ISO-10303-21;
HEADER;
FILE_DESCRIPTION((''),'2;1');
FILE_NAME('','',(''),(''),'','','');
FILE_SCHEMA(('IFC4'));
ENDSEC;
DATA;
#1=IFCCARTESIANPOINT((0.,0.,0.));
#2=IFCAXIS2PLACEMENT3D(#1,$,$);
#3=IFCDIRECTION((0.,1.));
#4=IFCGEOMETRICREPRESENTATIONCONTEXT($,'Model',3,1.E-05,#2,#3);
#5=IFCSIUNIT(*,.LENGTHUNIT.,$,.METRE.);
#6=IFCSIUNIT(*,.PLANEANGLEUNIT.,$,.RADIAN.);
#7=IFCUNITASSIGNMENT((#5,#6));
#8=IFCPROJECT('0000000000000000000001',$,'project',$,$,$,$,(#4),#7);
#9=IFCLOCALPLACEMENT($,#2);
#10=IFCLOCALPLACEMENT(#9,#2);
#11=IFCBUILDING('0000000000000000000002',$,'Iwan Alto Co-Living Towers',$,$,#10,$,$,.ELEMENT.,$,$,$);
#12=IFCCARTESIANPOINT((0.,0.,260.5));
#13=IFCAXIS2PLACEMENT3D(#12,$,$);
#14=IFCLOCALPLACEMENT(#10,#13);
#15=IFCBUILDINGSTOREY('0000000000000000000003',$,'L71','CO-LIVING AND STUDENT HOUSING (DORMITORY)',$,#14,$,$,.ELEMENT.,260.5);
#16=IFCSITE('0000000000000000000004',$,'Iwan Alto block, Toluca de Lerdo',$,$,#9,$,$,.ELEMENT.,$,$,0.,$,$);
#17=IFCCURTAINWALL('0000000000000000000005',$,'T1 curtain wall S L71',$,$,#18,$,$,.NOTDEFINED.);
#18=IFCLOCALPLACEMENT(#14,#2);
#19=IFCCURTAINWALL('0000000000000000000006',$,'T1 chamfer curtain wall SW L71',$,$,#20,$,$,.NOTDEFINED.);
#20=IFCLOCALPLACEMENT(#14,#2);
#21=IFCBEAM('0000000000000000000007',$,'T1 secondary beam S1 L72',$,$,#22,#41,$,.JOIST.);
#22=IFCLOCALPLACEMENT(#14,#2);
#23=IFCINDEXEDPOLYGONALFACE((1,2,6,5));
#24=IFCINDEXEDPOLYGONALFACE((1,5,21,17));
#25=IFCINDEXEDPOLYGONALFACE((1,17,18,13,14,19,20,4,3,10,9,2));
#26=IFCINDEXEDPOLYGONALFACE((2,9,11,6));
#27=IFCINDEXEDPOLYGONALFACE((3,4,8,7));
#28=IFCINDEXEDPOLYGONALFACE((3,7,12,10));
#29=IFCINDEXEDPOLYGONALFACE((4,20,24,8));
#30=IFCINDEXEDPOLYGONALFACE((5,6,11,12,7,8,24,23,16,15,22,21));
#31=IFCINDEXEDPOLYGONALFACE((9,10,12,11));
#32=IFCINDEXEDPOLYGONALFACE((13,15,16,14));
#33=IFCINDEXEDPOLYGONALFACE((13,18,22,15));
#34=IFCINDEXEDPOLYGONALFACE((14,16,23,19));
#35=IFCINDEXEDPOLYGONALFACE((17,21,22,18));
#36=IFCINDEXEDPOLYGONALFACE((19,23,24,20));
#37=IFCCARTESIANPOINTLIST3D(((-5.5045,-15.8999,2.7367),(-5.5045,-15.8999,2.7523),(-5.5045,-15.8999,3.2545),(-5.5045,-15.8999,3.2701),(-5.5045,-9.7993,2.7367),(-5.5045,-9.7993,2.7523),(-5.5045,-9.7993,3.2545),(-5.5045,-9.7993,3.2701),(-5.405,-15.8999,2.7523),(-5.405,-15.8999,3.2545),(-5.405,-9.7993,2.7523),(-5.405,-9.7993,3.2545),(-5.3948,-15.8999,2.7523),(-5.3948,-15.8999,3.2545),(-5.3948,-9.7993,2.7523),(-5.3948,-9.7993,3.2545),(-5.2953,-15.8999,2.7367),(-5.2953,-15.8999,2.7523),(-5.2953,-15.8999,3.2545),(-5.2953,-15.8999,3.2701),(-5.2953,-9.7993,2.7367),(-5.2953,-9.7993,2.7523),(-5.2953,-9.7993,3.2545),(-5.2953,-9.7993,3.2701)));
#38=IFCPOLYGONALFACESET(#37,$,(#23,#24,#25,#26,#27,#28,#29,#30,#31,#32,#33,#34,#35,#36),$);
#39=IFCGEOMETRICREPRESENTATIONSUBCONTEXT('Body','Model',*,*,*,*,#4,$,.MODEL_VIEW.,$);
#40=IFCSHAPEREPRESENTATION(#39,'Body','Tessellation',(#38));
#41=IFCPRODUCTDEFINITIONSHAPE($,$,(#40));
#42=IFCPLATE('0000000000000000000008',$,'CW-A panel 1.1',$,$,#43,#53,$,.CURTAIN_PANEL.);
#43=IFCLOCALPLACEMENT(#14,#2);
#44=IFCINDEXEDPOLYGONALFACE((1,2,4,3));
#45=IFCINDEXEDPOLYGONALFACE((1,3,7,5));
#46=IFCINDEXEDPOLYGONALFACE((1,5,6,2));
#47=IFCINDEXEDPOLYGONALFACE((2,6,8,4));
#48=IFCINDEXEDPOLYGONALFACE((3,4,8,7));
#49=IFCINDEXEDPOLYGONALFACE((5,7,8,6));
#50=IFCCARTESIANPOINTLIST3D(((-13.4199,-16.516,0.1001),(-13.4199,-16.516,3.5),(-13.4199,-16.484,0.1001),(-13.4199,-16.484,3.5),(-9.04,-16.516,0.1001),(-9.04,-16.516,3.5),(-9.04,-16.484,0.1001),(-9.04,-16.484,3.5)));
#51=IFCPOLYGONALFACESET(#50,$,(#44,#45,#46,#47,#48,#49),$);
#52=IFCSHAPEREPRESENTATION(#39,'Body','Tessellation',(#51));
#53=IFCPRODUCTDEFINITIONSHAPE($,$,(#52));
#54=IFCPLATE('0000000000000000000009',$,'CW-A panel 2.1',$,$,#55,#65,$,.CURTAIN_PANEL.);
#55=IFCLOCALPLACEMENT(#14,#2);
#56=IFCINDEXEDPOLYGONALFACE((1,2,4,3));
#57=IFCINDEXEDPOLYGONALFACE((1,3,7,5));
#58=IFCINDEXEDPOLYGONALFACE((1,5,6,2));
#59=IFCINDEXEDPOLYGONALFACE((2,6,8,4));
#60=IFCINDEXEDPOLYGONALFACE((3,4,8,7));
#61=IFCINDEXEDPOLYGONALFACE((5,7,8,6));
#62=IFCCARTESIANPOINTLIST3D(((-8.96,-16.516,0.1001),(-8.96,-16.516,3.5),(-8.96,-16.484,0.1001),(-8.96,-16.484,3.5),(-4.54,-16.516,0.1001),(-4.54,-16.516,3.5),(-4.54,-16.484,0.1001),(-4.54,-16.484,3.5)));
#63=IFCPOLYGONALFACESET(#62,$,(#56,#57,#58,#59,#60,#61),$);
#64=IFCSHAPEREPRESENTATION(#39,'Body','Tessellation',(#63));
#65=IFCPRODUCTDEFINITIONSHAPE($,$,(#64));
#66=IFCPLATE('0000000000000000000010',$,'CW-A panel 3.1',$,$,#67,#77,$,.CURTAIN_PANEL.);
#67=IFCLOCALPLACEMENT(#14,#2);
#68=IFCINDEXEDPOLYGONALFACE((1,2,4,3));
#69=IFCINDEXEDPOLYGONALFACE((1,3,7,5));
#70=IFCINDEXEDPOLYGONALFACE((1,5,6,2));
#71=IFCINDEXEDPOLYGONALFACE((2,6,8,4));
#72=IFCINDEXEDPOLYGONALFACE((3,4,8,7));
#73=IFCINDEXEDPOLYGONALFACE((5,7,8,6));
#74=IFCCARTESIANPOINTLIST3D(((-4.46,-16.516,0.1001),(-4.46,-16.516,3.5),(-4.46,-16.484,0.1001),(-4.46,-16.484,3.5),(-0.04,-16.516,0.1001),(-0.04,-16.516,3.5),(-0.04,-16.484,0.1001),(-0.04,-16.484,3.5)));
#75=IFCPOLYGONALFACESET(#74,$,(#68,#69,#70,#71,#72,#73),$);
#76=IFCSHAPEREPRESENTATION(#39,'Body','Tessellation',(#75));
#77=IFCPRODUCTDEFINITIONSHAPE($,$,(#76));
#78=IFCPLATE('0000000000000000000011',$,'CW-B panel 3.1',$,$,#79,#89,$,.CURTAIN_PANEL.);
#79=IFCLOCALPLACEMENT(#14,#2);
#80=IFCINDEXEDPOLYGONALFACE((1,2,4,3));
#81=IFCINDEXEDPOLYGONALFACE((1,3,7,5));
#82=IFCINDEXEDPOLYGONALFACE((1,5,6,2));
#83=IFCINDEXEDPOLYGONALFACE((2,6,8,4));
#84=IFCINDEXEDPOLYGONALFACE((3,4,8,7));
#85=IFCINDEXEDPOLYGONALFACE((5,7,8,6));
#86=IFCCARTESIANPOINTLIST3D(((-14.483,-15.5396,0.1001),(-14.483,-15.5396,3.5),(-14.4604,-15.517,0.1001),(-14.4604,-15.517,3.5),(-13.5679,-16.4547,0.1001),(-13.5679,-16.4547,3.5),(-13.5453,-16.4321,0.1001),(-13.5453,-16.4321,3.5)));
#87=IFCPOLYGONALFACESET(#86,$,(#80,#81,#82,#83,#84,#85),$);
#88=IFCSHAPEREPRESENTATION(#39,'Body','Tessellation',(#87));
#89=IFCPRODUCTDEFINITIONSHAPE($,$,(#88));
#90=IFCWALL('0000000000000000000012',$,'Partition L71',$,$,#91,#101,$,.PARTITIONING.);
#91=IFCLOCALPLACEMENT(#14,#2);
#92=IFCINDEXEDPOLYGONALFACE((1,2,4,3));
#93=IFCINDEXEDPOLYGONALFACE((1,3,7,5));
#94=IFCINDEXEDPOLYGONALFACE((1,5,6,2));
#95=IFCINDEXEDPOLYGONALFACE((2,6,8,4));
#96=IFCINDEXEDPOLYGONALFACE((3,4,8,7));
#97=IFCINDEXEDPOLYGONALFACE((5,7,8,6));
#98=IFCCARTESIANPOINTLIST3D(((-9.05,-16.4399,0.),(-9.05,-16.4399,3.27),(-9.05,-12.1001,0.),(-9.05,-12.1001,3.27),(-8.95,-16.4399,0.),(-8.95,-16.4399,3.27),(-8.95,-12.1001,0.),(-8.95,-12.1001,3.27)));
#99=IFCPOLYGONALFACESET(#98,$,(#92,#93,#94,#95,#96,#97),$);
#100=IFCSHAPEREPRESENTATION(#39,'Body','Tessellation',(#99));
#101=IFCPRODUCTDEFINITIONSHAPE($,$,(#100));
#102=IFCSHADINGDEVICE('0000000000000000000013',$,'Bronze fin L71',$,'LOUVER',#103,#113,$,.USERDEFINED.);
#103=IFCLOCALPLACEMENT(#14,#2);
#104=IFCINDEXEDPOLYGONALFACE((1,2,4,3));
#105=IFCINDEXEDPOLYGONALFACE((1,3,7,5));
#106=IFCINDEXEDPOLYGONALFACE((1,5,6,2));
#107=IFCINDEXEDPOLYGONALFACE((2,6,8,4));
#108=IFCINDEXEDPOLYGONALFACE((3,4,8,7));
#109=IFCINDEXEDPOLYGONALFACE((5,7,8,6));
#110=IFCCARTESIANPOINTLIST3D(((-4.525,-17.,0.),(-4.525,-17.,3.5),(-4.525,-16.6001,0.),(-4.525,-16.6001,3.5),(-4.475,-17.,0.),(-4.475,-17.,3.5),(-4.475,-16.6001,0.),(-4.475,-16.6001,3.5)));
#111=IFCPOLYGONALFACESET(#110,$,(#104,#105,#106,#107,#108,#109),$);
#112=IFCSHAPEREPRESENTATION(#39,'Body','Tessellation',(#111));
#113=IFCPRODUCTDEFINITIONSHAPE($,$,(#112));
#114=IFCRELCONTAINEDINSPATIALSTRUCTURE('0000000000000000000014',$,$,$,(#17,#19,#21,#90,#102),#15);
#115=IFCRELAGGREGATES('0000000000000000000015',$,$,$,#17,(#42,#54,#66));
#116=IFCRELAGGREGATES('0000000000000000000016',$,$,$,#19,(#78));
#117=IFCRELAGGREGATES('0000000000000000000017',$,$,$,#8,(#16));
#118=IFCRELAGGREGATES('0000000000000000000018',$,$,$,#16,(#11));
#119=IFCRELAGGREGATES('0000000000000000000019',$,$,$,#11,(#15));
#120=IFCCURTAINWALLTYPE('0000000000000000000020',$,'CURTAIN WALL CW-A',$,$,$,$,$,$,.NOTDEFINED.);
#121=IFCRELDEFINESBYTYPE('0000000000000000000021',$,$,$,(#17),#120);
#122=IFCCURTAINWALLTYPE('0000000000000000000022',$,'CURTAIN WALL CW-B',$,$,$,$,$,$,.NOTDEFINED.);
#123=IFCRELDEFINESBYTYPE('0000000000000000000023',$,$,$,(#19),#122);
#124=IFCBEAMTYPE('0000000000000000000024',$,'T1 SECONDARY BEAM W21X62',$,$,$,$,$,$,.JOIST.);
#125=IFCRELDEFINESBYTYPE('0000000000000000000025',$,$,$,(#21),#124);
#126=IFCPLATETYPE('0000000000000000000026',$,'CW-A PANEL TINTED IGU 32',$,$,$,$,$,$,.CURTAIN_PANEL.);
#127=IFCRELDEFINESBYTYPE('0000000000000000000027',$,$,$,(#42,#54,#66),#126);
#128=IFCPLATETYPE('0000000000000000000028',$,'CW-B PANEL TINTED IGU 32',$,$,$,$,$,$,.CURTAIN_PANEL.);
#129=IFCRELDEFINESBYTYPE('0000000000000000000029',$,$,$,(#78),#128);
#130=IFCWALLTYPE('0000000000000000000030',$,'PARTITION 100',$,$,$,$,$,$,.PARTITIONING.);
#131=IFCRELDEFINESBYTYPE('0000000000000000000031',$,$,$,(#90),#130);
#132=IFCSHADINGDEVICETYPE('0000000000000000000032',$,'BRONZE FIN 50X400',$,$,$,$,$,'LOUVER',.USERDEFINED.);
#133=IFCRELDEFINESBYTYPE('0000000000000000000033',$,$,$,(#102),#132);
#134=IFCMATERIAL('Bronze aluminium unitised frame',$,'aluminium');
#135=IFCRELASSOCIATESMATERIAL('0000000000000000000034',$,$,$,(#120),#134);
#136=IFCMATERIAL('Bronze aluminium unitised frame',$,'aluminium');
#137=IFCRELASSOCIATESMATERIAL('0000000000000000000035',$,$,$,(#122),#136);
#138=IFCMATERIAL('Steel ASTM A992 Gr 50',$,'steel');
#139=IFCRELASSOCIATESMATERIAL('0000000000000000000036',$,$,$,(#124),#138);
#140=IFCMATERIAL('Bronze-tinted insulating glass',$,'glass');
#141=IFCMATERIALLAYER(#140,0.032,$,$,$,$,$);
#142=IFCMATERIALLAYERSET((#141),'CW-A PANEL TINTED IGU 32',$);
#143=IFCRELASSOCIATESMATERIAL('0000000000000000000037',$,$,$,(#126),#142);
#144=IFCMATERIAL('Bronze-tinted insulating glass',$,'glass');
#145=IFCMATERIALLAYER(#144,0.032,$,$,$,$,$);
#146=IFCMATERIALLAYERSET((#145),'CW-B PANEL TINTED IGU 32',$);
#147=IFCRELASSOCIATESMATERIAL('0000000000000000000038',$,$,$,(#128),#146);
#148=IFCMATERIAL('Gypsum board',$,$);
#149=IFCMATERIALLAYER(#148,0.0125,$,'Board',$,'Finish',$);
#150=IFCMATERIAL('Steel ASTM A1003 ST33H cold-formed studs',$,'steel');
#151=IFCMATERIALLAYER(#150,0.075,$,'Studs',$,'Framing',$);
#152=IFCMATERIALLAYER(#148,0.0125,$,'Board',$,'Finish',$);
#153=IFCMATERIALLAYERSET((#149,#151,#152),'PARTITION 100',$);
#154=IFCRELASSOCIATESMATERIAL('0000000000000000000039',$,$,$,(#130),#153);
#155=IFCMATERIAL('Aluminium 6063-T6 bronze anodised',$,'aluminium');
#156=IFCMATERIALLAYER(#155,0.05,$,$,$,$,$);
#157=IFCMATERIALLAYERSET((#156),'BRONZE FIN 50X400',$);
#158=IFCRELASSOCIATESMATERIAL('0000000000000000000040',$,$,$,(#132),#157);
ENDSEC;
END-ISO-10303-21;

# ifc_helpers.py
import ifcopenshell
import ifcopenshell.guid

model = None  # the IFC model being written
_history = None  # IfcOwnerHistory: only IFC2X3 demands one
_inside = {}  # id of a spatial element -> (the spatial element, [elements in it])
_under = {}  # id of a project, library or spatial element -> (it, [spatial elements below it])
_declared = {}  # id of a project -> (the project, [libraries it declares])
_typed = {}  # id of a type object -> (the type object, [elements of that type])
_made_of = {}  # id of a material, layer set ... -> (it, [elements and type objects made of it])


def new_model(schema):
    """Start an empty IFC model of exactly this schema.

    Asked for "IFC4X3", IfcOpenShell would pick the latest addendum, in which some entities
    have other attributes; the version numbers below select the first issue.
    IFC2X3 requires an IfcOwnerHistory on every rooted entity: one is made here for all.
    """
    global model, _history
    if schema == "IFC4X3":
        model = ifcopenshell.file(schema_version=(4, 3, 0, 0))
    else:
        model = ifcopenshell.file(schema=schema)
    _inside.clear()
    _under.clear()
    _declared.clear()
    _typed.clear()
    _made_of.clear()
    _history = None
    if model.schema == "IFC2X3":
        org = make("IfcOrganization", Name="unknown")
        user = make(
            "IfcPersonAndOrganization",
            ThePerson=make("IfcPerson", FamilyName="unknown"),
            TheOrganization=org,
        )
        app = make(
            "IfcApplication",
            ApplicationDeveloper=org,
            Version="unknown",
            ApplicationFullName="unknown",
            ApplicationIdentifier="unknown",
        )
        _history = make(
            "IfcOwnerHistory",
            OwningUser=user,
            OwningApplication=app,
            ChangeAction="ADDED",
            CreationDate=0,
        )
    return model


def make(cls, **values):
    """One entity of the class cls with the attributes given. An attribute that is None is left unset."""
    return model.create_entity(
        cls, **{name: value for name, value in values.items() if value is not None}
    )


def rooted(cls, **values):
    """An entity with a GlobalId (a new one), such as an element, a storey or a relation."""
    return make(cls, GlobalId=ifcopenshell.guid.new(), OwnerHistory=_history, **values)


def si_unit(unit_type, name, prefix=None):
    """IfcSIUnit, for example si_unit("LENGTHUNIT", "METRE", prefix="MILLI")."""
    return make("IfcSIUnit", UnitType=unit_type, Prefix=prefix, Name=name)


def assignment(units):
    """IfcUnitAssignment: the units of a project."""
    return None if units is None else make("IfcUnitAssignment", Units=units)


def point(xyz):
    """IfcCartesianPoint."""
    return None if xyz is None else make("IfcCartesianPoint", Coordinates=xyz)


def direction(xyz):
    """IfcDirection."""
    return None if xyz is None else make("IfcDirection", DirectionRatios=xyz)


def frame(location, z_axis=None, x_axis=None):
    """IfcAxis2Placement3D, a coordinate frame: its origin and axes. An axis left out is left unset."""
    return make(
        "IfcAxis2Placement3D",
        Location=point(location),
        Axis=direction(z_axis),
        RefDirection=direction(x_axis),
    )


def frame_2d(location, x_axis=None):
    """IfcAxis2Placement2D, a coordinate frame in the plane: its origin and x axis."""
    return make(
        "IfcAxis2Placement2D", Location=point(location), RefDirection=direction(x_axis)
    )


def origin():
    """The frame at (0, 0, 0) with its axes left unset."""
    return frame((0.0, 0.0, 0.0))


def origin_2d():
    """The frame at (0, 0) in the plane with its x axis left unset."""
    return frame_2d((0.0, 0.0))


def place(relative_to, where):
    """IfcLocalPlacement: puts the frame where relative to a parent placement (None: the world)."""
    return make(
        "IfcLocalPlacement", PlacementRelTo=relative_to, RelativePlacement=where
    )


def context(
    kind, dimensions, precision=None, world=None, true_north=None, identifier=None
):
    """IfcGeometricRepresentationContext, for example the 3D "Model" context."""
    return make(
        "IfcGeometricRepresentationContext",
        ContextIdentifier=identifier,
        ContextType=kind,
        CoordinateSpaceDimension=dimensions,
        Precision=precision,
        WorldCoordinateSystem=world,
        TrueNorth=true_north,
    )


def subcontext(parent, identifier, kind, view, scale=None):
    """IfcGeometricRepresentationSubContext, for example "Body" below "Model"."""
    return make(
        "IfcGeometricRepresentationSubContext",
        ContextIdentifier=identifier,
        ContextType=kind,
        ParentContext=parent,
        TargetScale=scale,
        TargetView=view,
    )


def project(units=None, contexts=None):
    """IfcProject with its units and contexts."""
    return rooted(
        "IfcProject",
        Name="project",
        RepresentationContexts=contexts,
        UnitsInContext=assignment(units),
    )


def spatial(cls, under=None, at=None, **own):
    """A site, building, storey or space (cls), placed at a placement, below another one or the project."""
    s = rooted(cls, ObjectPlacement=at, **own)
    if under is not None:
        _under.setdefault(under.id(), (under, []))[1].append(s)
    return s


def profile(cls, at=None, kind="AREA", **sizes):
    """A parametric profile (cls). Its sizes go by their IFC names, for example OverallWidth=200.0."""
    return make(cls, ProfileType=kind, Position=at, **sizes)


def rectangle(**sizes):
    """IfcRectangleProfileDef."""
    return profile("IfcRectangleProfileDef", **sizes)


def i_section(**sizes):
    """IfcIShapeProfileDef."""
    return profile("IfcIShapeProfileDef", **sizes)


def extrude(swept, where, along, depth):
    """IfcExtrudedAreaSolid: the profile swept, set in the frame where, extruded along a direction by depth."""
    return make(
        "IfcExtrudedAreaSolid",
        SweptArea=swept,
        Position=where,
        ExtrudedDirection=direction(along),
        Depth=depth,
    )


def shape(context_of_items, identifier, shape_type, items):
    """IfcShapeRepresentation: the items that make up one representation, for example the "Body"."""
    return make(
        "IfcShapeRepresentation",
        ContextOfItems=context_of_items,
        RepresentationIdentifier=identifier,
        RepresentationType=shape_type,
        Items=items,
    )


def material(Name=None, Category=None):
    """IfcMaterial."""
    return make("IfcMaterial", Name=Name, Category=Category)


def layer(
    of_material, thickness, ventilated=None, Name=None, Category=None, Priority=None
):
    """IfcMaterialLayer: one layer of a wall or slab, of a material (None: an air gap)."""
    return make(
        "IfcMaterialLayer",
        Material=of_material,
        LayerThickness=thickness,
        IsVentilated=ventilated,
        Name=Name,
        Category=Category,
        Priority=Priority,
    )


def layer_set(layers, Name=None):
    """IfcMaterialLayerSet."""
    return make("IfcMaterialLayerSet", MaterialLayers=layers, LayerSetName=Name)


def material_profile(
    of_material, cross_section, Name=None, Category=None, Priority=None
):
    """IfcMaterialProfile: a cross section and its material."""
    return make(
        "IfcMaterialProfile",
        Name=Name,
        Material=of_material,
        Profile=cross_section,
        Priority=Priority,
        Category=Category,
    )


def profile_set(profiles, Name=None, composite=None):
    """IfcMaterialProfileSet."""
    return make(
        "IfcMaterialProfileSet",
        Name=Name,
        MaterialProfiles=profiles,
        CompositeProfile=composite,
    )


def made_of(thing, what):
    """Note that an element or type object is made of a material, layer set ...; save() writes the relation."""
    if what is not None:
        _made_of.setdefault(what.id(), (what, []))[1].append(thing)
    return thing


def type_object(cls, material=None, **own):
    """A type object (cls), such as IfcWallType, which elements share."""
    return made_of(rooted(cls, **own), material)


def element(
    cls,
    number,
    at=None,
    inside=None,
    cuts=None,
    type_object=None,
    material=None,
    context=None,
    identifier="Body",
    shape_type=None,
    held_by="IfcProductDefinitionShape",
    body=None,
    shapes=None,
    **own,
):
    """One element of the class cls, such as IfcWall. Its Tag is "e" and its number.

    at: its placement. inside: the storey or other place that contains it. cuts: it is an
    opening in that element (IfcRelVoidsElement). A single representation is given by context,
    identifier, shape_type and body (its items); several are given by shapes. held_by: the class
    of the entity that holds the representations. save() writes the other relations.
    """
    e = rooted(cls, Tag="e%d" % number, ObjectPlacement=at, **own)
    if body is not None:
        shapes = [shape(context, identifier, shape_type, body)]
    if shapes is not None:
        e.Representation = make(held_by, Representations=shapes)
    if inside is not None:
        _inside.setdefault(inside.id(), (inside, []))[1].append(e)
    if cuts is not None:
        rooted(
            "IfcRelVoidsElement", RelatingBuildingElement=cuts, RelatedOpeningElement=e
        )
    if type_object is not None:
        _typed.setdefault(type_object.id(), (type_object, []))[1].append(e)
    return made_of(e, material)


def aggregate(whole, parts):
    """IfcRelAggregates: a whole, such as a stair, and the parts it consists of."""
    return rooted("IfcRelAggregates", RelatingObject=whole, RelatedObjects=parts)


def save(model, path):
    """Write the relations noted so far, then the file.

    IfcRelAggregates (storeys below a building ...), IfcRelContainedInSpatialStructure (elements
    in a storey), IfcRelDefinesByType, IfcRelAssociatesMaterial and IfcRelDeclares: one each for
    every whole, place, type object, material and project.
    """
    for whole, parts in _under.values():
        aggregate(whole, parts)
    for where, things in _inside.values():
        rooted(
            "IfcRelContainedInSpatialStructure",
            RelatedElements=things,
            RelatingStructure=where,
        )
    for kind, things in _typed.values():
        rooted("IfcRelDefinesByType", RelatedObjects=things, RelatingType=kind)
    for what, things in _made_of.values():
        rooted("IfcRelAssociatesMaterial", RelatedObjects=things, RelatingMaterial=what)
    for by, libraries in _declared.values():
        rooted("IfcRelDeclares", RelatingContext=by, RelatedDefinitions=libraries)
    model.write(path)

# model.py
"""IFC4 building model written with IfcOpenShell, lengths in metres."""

from ifc_helpers import new_model, si_unit, direction, frame, frame_2d, origin, origin_2d, place, context, subcontext, project, spatial, rectangle, i_section, extrude, material, layer, layer_set, material_profile, profile_set, type_object, element, aggregate, save


model = new_model("IFC4")

# Units and contexts
model_context = context("Model", 3, precision=1e-05, world=origin(), true_north=direction((0.0, 1.0)))
body_context = subcontext(model_context, "Body", "Model", "MODEL_VIEW")
ifc_project = project(units=[si_unit("LENGTHUNIT", "METRE"), si_unit("PLANEANGLEUNIT", "RADIAN")], contexts=[model_context])

# Site, building, storey
site_placement = place(None, origin())
site = spatial("IfcSite", under=ifc_project, at=site_placement, Name="Iwan Alto block, Toluca de Lerdo", CompositionType="ELEMENT", RefElevation=0.0)
building_placement = place(site_placement, origin())
building = spatial("IfcBuilding", under=site, at=building_placement, Name="Iwan Alto Co-Living Towers", CompositionType="ELEMENT")
storey_placement = place(building_placement, frame((0.0, 0.0, 260.5)))
storey = spatial("IfcBuildingStorey", under=building, at=storey_placement, Name="L71", Description="CO-LIVING AND STUDENT HOUSING (DORMITORY)", CompositionType="ELEMENT", Elevation=260.5)

# Curtain wall
ifc_material_1 = material(Name="Bronze aluminium unitised frame", Category="aluminium")
curtain_wall_type_1 = type_object("IfcCurtainWallType", Name="CURTAIN WALL CW-A", PredefinedType="NOTDEFINED", material=ifc_material_1)
curtain_wall_1_placement = place(storey_placement, origin())
curtain_wall_1 = element("IfcCurtainWall", 1, at=curtain_wall_1_placement, inside=storey, type_object=curtain_wall_type_1, Name="T1 curtain wall S L71", PredefinedType="NOTDEFINED")

# Curtain wall
ifc_material_2 = material(Name="Bronze aluminium unitised frame", Category="aluminium")
curtain_wall_type_2 = type_object("IfcCurtainWallType", Name="CURTAIN WALL CW-B", PredefinedType="NOTDEFINED", material=ifc_material_2)
curtain_wall_2_placement = place(storey_placement, origin())
curtain_wall_2 = element("IfcCurtainWall", 2, at=curtain_wall_2_placement, inside=storey, type_object=curtain_wall_type_2, Name="T1 chamfer curtain wall SW L71", PredefinedType="NOTDEFINED")

# Beam
ifc_material_3 = material(Name="Steel ASTM A992 Gr 50", Category="steel")
ifc_material_profile_1 = material_profile(ifc_material_3, i_section(OverallWidth=0.2092, OverallDepth=0.5334, WebThickness=0.0103, FlangeThickness=0.0156, at=origin_2d()), Name="W21X62")
ifc_profile_set_1 = profile_set([ifc_material_profile_1], Name="Steel ASTM A992 Gr 50")
beam_type_1 = type_object("IfcBeamType", Name="T1 SECONDARY BEAM W21X62", PredefinedType="JOIST", material=ifc_profile_set_1)
beam_1_placement = place(storey_placement, frame((-5.3999, -15.8999, 3.0034), z_axis=(0.0, 1.0, 0.0), x_axis=(-1.0, 0.0, 0.0)))
element("IfcBeam", 3, at=beam_1_placement, inside=storey, type_object=beam_type_1, Name="T1 secondary beam S1 L72", PredefinedType="JOIST", context=body_context, shape_type="SweptSolid", body=[
    extrude(i_section(OverallWidth=0.2092, OverallDepth=0.5334, WebThickness=0.0103, FlangeThickness=0.0156, at=origin_2d()), origin(), (0.0, 0.0, 1.0), 6.1006),
])

# Plates
ifc_material_4 = material(Name="Bronze-tinted insulating glass", Category="glass")
ifc_layer_1 = layer(ifc_material_4, 0.032)
ifc_layer_set_1 = layer_set([ifc_layer_1], Name="CW-A PANEL TINTED IGU 32")
plate_type_1 = type_object("IfcPlateType", Name="CW-A PANEL TINTED IGU 32", PredefinedType="CURTAIN_PANEL", material=ifc_layer_set_1)
plate_1_placement = place(storey_placement, frame((-11.23, -16.5, 0.1001), z_axis=(0.0, 0.0, 1.0), x_axis=(1.0, 0.0, 0.0)))
plate_1 = element("IfcPlate", 4, at=plate_1_placement, type_object=plate_type_1, Name="CW-A panel 1.1", PredefinedType="CURTAIN_PANEL", context=body_context, shape_type="SweptSolid", body=[
    extrude(rectangle(XDim=4.3799, YDim=0.032, at=origin_2d()), origin(), (0.0, 0.0, 1.0), 3.3999),
])
plate_2_placement = place(storey_placement, frame((-6.75, -16.5, 0.1001), z_axis=(0.0, 0.0, 1.0), x_axis=(1.0, 0.0, 0.0)))
plate_2 = element("IfcPlate", 5, at=plate_2_placement, type_object=plate_type_1, Name="CW-A panel 2.1", PredefinedType="CURTAIN_PANEL", context=body_context, shape_type="SweptSolid", body=[
    extrude(rectangle(XDim=4.4199, YDim=0.032, at=origin_2d()), origin(), (0.0, 0.0, 1.0), 3.3999),
])
plate_3_placement = place(storey_placement, frame((-2.25, -16.5, 0.1001), z_axis=(0.0, 0.0, 1.0), x_axis=(1.0, 0.0, 0.0)))
plate_3 = element("IfcPlate", 6, at=plate_3_placement, type_object=plate_type_1, Name="CW-A panel 3.1", PredefinedType="CURTAIN_PANEL", context=body_context, shape_type="SweptSolid", body=[
    extrude(rectangle(XDim=4.4199, YDim=0.032, at=origin_2d()), origin(), (0.0, 0.0, 1.0), 3.3999),
])
aggregate(curtain_wall_1, [plate_1, plate_2, plate_3])
ifc_material_5 = material(Name="Bronze-tinted insulating glass", Category="glass")
ifc_layer_2 = layer(ifc_material_5, 0.032)
ifc_layer_set_2 = layer_set([ifc_layer_2], Name="CW-B PANEL TINTED IGU 32")
plate_type_2 = type_object("IfcPlateType", Name="CW-B PANEL TINTED IGU 32", PredefinedType="CURTAIN_PANEL", material=ifc_layer_set_2)
plate_4_placement = place(storey_placement, frame((-14.0142, -15.9858, 0.1001), z_axis=(0.0, 0.0, 1.0), x_axis=(0.707107, -0.707107, 0.0)))
plate_4 = element("IfcPlate", 7, at=plate_4_placement, type_object=plate_type_2, Name="CW-B panel 3.1", PredefinedType="CURTAIN_PANEL", context=body_context, shape_type="SweptSolid", body=[
    extrude(rectangle(XDim=1.2942, YDim=0.032, at=origin_2d()), origin(), (0.0, 0.0, 1.0), 3.3999),
])
aggregate(curtain_wall_2, [plate_4])

# Wall
ifc_material_6 = material(Name="Gypsum board")
ifc_layer_3 = layer(ifc_material_6, 0.0125, Name="Board", Category="Finish")
ifc_material_7 = material(Name="Steel ASTM A1003 ST33H cold-formed studs", Category="steel")
ifc_layer_4 = layer(ifc_material_7, 0.075, Name="Studs", Category="Framing")
ifc_layer_5 = layer(ifc_material_6, 0.0125, Name="Board", Category="Finish")
ifc_layer_set_3 = layer_set([ifc_layer_3, ifc_layer_4, ifc_layer_5], Name="PARTITION 100")
wall_type = type_object("IfcWallType", Name="PARTITION 100", PredefinedType="PARTITIONING", material=ifc_layer_set_3)
wall_placement = place(storey_placement, frame((-9.0, -16.4399, 0.0), z_axis=(0.0, 0.0, 1.0), x_axis=(0.0, 1.0, 0.0)))
element("IfcWall", 8, at=wall_placement, inside=storey, type_object=wall_type, Name="Partition L71", PredefinedType="PARTITIONING", context=body_context, shape_type="SweptSolid", body=[
    extrude(rectangle(XDim=4.3398, YDim=0.1001, at=frame_2d((2.1699, 0.0))), origin(), (0.0, 0.0, 1.0), 3.27),
])

# Shading device
ifc_material_8 = material(Name="Aluminium 6063-T6 bronze anodised", Category="aluminium")
ifc_layer_6 = layer(ifc_material_8, 0.05)
ifc_layer_set_4 = layer_set([ifc_layer_6], Name="BRONZE FIN 50X400")
shading_device_type = type_object("IfcShadingDeviceType", Name="BRONZE FIN 50X400", ElementType="LOUVER", PredefinedType="USERDEFINED", material=ifc_layer_set_4)
shading_device_placement = place(storey_placement, frame((-4.5, -16.8, 0.0), z_axis=(0.0, 0.0, 1.0), x_axis=(1.0, 0.0, 0.0)))
element("IfcShadingDevice", 9, at=shading_device_placement, inside=storey, type_object=shading_device_type, Name="Bronze fin L71", ObjectType="LOUVER", PredefinedType="USERDEFINED", context=body_context, shape_type="SweptSolid", body=[
    extrude(rectangle(XDim=0.05, YDim=0.3999, at=origin_2d()), origin(), (0.0, 0.0, 1.0), 3.5),
])

save(model, "model.ifc")
